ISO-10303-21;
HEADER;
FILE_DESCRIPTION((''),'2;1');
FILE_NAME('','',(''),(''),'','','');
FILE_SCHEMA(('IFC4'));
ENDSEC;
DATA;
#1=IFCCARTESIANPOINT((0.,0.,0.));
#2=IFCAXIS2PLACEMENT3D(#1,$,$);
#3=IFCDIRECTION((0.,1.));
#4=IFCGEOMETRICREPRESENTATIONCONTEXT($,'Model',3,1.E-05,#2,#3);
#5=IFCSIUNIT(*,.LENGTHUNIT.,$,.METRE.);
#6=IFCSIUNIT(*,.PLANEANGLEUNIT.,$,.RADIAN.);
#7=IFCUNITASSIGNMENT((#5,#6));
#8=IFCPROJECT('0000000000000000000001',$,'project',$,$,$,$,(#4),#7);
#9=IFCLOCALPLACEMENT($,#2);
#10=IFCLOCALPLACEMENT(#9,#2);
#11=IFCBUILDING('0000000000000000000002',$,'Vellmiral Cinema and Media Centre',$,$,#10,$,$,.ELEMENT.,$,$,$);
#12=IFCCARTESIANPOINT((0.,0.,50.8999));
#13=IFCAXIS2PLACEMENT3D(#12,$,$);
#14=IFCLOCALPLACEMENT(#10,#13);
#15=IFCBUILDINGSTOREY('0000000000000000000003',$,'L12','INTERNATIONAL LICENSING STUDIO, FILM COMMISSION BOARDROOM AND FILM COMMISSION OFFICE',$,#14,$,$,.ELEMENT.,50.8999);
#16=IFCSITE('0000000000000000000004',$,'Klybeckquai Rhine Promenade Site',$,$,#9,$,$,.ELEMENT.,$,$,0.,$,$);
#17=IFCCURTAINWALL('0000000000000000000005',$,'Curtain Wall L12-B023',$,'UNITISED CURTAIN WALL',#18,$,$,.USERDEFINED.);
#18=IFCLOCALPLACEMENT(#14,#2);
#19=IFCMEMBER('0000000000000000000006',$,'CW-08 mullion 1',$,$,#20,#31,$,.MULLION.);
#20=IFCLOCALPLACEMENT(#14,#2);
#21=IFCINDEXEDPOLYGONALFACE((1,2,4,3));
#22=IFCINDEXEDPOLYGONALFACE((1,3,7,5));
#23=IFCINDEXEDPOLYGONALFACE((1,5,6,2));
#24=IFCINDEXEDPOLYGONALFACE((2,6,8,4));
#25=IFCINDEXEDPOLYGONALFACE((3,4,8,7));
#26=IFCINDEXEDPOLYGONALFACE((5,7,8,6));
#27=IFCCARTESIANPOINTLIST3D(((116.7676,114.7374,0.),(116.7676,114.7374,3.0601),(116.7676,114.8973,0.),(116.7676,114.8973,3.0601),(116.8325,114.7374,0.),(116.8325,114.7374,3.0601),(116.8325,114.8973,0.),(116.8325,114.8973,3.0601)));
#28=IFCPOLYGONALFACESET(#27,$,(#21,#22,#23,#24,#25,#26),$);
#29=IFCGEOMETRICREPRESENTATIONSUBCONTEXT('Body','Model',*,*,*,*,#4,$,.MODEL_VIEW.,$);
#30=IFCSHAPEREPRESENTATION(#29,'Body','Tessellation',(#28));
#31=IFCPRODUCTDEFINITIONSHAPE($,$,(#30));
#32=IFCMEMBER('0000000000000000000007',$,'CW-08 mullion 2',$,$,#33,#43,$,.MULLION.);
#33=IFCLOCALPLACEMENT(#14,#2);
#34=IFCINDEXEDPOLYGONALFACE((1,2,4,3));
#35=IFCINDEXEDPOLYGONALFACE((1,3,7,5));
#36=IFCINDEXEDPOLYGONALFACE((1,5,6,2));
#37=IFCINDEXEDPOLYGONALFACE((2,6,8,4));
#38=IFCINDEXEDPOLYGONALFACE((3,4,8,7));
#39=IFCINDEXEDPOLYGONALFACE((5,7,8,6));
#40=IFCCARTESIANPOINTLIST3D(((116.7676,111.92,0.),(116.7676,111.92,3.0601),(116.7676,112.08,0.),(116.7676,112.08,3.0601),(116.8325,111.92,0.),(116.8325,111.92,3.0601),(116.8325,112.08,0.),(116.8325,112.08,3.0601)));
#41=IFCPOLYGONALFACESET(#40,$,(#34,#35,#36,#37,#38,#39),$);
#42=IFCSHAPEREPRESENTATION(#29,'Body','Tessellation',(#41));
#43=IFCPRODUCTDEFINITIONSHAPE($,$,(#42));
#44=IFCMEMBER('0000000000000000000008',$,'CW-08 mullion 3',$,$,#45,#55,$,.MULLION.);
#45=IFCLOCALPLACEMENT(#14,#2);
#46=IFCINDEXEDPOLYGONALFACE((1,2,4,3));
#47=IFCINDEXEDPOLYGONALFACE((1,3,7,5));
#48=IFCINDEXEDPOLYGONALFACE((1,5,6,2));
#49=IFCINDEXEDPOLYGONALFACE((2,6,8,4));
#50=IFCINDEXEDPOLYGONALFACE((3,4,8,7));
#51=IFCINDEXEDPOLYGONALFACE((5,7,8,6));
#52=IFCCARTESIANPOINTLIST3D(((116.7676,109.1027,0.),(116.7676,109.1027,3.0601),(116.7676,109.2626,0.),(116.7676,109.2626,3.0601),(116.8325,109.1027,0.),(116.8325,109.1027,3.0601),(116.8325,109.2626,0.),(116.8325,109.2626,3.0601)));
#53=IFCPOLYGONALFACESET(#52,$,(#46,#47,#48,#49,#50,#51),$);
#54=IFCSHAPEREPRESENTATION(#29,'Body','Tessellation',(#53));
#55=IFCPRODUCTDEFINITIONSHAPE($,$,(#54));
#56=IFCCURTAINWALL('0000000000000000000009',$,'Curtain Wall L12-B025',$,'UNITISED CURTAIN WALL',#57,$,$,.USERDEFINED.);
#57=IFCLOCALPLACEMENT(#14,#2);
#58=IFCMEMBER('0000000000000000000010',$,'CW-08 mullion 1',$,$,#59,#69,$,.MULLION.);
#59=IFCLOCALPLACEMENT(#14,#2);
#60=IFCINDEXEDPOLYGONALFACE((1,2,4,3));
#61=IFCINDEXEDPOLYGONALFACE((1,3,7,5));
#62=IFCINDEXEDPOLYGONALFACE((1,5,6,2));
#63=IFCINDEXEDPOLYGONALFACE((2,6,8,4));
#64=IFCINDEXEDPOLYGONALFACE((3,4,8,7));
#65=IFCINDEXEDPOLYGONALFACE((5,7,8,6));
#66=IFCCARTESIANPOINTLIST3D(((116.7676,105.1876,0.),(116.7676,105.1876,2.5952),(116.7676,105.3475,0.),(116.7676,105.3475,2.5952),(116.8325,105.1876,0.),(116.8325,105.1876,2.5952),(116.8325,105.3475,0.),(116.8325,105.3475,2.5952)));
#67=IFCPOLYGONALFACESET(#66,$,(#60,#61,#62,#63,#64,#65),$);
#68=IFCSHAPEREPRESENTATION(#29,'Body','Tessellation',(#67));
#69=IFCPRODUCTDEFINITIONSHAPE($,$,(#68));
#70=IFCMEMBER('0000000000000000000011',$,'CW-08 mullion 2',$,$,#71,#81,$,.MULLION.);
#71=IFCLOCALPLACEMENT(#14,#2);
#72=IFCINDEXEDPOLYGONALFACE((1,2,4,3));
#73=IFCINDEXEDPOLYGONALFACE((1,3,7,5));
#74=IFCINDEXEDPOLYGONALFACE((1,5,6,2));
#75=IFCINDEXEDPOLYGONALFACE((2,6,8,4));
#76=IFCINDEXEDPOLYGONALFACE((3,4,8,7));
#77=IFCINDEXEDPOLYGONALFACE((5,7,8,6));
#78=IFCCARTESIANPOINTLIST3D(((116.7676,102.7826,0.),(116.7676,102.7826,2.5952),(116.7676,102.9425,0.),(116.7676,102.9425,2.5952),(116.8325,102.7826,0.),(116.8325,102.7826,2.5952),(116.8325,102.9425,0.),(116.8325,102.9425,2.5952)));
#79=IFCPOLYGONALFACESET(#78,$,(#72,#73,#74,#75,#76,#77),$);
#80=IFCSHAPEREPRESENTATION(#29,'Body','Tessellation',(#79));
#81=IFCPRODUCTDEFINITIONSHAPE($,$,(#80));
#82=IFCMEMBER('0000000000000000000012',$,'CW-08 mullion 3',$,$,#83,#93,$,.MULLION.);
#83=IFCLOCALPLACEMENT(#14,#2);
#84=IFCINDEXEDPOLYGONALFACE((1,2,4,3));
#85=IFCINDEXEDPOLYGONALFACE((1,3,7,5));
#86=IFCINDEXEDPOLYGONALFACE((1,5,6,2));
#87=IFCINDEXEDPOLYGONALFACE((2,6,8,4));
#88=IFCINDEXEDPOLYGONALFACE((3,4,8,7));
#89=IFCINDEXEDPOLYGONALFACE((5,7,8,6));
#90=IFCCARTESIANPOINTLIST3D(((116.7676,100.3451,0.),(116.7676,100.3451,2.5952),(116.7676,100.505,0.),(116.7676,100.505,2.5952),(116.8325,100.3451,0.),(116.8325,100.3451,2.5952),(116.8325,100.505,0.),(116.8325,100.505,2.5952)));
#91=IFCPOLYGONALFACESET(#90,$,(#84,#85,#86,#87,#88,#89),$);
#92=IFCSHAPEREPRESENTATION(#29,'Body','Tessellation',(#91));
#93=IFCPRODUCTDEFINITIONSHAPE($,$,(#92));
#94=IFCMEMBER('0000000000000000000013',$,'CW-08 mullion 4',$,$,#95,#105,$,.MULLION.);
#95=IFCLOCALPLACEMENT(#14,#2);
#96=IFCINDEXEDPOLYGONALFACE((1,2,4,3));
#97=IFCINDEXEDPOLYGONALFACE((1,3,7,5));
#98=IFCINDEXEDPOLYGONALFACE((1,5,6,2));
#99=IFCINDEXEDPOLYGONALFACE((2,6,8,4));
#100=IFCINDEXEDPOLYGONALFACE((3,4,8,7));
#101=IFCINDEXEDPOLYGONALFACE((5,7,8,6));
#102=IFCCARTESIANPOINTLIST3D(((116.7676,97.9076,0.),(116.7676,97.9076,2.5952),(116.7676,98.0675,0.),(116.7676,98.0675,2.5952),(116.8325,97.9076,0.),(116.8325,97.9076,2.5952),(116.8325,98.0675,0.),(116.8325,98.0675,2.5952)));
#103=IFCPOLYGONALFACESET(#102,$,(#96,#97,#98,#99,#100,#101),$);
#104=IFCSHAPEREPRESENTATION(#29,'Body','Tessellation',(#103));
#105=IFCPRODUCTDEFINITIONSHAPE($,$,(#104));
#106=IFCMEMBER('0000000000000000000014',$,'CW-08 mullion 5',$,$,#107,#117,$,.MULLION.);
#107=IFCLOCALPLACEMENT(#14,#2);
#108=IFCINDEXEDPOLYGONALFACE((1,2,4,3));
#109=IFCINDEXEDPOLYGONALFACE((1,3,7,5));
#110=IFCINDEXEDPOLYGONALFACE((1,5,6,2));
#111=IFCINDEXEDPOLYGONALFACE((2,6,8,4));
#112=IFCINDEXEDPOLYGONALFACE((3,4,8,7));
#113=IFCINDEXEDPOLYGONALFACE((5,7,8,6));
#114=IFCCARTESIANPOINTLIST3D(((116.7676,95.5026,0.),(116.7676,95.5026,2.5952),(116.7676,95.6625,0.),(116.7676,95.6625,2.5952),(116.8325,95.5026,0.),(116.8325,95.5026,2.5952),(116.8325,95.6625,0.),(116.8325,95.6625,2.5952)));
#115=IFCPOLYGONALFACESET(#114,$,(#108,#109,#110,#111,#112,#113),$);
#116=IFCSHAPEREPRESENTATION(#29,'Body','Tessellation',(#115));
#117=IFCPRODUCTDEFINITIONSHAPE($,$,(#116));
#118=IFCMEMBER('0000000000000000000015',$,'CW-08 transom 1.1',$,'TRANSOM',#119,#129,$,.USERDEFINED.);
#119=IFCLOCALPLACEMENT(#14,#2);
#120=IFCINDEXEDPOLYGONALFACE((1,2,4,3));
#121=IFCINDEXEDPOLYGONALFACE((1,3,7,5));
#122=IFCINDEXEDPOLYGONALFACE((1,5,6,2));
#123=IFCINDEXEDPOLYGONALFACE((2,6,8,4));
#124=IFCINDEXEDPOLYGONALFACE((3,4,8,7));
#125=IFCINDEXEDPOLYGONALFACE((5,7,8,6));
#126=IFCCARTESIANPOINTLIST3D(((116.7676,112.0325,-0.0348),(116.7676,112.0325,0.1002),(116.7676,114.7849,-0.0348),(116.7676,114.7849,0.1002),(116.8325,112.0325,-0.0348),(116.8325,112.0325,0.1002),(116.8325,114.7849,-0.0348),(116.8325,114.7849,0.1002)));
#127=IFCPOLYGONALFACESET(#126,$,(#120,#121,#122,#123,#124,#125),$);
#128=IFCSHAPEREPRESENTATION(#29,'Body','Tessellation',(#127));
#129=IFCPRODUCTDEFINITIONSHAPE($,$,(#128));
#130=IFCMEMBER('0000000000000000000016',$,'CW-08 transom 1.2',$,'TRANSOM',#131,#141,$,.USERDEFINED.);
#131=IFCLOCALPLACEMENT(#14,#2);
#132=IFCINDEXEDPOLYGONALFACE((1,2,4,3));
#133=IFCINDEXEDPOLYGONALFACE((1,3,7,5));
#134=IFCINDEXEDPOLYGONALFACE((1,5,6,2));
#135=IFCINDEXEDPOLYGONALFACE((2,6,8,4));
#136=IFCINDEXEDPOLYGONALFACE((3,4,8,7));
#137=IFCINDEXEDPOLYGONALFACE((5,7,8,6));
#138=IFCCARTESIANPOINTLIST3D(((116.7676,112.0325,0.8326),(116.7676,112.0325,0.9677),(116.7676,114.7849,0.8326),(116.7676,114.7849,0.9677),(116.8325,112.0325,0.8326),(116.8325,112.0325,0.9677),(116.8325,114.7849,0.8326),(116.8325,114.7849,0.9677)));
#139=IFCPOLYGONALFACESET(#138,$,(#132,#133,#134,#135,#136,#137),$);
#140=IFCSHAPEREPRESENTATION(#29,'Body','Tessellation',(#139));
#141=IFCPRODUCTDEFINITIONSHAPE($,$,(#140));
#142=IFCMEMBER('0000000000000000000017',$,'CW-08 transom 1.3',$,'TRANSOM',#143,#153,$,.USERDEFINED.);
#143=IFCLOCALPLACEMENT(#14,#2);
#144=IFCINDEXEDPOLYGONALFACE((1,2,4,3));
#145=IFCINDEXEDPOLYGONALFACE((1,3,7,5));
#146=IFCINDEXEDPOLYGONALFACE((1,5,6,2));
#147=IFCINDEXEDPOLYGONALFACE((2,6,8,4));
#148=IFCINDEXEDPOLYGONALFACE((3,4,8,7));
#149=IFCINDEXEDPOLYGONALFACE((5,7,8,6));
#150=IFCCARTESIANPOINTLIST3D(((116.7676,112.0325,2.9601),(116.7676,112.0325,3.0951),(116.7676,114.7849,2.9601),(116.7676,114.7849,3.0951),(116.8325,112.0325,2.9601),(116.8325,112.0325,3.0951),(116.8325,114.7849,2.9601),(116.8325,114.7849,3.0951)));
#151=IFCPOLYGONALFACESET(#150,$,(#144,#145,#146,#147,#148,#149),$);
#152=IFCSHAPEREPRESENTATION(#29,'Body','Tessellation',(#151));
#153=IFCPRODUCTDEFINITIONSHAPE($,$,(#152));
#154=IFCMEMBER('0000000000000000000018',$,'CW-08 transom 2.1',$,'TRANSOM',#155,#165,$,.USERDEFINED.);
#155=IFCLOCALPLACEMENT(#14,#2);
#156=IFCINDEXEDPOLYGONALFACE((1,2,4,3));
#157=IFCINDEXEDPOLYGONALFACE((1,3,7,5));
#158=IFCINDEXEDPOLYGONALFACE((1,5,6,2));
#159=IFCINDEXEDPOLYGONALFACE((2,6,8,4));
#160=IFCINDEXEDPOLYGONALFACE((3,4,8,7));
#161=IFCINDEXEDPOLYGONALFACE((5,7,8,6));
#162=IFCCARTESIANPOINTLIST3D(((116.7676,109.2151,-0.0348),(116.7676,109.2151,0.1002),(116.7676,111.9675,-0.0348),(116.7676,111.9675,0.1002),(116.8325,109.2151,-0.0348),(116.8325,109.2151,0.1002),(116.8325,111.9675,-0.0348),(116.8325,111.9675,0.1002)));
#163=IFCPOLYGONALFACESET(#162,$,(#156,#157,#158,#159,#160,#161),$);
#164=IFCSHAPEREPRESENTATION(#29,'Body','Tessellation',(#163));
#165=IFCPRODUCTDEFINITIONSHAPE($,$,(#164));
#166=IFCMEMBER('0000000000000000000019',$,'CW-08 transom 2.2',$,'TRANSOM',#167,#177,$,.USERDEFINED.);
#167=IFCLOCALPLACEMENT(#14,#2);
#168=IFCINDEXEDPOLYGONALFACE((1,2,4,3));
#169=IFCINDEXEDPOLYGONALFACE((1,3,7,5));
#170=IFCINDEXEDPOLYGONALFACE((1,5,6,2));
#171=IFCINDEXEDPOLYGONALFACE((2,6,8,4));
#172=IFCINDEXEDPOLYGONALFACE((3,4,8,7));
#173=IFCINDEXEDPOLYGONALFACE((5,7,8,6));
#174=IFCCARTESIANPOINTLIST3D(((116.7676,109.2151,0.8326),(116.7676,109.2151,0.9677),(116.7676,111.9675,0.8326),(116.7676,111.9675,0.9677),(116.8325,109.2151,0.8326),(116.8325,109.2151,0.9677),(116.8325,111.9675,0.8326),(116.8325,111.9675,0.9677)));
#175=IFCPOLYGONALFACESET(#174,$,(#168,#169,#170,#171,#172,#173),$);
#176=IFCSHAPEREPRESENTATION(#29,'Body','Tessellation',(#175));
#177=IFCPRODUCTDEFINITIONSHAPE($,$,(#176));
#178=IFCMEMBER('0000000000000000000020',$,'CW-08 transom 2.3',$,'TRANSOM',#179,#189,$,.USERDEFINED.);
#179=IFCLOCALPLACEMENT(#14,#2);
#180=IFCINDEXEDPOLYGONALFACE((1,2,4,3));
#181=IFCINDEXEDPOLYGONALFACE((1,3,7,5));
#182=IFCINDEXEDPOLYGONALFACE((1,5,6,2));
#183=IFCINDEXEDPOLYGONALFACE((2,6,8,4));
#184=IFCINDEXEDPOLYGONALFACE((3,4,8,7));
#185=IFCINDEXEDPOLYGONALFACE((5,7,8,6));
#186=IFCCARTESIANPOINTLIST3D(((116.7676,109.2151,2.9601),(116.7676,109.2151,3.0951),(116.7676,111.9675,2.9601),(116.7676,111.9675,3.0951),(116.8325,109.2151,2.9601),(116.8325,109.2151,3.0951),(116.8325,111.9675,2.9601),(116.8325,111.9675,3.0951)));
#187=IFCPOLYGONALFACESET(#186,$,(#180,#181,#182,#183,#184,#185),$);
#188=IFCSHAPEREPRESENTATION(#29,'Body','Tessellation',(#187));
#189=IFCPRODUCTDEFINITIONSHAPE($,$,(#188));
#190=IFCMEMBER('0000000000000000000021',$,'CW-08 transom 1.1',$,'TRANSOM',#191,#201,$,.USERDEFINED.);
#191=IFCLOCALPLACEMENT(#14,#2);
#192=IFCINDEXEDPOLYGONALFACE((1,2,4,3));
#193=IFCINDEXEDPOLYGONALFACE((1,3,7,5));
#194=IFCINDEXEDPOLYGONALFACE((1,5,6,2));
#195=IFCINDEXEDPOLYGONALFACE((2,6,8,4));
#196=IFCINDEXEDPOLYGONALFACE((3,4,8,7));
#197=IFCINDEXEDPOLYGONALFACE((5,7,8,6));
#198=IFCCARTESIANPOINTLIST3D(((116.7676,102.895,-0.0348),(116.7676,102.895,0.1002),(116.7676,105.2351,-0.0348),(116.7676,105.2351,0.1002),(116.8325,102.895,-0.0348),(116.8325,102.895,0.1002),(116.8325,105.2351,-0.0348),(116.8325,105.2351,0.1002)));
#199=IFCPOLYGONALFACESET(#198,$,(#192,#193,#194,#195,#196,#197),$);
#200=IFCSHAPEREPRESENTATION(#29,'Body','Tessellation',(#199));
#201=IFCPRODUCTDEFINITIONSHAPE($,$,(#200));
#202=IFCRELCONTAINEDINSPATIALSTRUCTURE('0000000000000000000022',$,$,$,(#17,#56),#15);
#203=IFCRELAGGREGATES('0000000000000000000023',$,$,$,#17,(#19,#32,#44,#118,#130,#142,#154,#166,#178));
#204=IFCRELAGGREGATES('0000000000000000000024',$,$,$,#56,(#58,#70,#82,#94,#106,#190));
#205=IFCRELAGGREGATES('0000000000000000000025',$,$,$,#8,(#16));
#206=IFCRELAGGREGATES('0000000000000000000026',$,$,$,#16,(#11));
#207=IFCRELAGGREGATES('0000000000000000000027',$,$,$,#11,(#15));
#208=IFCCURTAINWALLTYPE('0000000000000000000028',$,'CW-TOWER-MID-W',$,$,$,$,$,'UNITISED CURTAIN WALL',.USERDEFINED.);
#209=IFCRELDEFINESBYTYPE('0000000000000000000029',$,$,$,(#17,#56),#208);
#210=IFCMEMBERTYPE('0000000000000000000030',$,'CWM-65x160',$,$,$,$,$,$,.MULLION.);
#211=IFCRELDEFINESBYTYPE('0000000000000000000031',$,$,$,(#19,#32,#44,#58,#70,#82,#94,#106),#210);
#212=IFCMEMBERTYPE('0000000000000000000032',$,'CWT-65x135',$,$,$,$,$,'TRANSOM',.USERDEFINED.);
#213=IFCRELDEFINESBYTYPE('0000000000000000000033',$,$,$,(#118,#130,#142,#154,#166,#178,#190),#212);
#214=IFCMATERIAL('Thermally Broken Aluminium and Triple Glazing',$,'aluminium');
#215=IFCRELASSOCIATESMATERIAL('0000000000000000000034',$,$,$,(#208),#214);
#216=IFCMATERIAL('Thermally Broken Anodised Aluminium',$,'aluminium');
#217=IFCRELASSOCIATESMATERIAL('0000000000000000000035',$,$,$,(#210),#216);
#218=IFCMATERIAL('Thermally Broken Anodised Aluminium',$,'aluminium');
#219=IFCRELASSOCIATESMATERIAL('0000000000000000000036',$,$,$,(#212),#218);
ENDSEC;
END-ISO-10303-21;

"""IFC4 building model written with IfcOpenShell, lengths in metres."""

from ifc_helpers import new_model, si_unit, direction, frame, origin, origin_2d, place, context, subcontext, project, spatial, rectangle, extrude, material, material_profile, profile_set, type_object, element, aggregate, save


model = new_model("IFC4")

# Units and contexts
model_context = context("Model", 3, precision=1e-05, world=origin(), true_north=direction((0.0, 1.0)))
body_context = subcontext(model_context, "Body", "Model", "MODEL_VIEW")
ifc_project = project(units=[si_unit("LENGTHUNIT", "METRE"), si_unit("PLANEANGLEUNIT", "RADIAN")], contexts=[model_context])

# Site, building, storey
site_placement = place(None, origin())
site = spatial("IfcSite", under=ifc_project, at=site_placement, Name="Klybeckquai Rhine Promenade Site", CompositionType="ELEMENT", RefElevation=0.0)
building_placement = place(site_placement, origin())
building = spatial("IfcBuilding", under=site, at=building_placement, Name="Vellmiral Cinema and Media Centre", CompositionType="ELEMENT")
storey_placement = place(building_placement, frame((0.0, 0.0, 50.8999)))
storey = spatial("IfcBuildingStorey", under=building, at=storey_placement, Name="L12", Description="INTERNATIONAL LICENSING STUDIO, FILM COMMISSION BOARDROOM AND FILM COMMISSION OFFICE", CompositionType="ELEMENT", Elevation=50.8999)

# Curtain walls, members
ifc_material_1 = material(Name="Thermally Broken Aluminium and Triple Glazing", Category="aluminium")
curtain_wall_type = type_object("IfcCurtainWallType", Name="CW-TOWER-MID-W", ElementType="UNITISED CURTAIN WALL", PredefinedType="USERDEFINED", material=ifc_material_1)
curtain_wall_1_placement = place(storey_placement, origin())
curtain_wall_1 = element("IfcCurtainWall", 1, at=curtain_wall_1_placement, inside=storey, type_object=curtain_wall_type, Name="Curtain Wall L12-B023", ObjectType="UNITISED CURTAIN WALL", PredefinedType="USERDEFINED")
ifc_material_2 = material(Name="Thermally Broken Anodised Aluminium", Category="aluminium")
ifc_material_profile_1 = material_profile(ifc_material_2, rectangle(XDim=0.0649, YDim=0.1599, at=origin_2d()), Name="MULL 65x160")
ifc_profile_set_1 = profile_set([ifc_material_profile_1], Name="Thermally Broken Anodised Aluminium")
member_type_1 = type_object("IfcMemberType", Name="CWM-65x160", PredefinedType="MULLION", material=ifc_profile_set_1)
member_1_placement = place(storey_placement, frame((116.8, 114.8174, 0.0), z_axis=(0.0, 0.0, 1.0), x_axis=(1.0, 0.0, 0.0)))
member_1 = element("IfcMember", 2, at=member_1_placement, type_object=member_type_1, Name="CW-08 mullion 1", PredefinedType="MULLION", context=body_context, shape_type="SweptSolid", body=[
    extrude(rectangle(XDim=0.0649, YDim=0.1599, at=origin_2d()), origin(), (0.0, 0.0, 1.0), 3.0601),
])
member_2_placement = place(storey_placement, frame((116.8, 112.0, 0.0), z_axis=(0.0, 0.0, 1.0), x_axis=(1.0, 0.0, 0.0)))
member_2 = element("IfcMember", 3, at=member_2_placement, type_object=member_type_1, Name="CW-08 mullion 2", PredefinedType="MULLION", context=body_context, shape_type="SweptSolid", body=[
    extrude(rectangle(XDim=0.0649, YDim=0.1599, at=origin_2d()), origin(), (0.0, 0.0, 1.0), 3.0601),
])
member_3_placement = place(storey_placement, frame((116.8, 109.1826, 0.0), z_axis=(0.0, 0.0, 1.0), x_axis=(1.0, 0.0, 0.0)))
member_3 = element("IfcMember", 4, at=member_3_placement, type_object=member_type_1, Name="CW-08 mullion 3", PredefinedType="MULLION", context=body_context, shape_type="SweptSolid", body=[
    extrude(rectangle(XDim=0.0649, YDim=0.1599, at=origin_2d()), origin(), (0.0, 0.0, 1.0), 3.0601),
])
curtain_wall_2_placement = place(storey_placement, origin())
curtain_wall_2 = element("IfcCurtainWall", 5, at=curtain_wall_2_placement, inside=storey, type_object=curtain_wall_type, Name="Curtain Wall L12-B025", ObjectType="UNITISED CURTAIN WALL", PredefinedType="USERDEFINED")
member_4_placement = place(storey_placement, frame((116.8, 105.2676, 0.0), z_axis=(0.0, 0.0, 1.0), x_axis=(1.0, 0.0, 0.0)))
member_4 = element("IfcMember", 6, at=member_4_placement, type_object=member_type_1, Name="CW-08 mullion 1", PredefinedType="MULLION", context=body_context, shape_type="SweptSolid", body=[
    extrude(rectangle(XDim=0.0649, YDim=0.1599, at=origin_2d()), origin(), (0.0, 0.0, 1.0), 2.5952),
])
member_5_placement = place(storey_placement, frame((116.8, 102.8625, 0.0), z_axis=(0.0, 0.0, 1.0), x_axis=(1.0, 0.0, 0.0)))
member_5 = element("IfcMember", 7, at=member_5_placement, type_object=member_type_1, Name="CW-08 mullion 2", PredefinedType="MULLION", context=body_context, shape_type="SweptSolid", body=[
    extrude(rectangle(XDim=0.0649, YDim=0.1599, at=origin_2d()), origin(), (0.0, 0.0, 1.0), 2.5952),
])
member_6_placement = place(storey_placement, frame((116.8, 100.425, 0.0), z_axis=(0.0, 0.0, 1.0), x_axis=(1.0, 0.0, 0.0)))
member_6 = element("IfcMember", 8, at=member_6_placement, type_object=member_type_1, Name="CW-08 mullion 3", PredefinedType="MULLION", context=body_context, shape_type="SweptSolid", body=[
    extrude(rectangle(XDim=0.0649, YDim=0.1599, at=origin_2d()), origin(), (0.0, 0.0, 1.0), 2.5952),
])
member_7_placement = place(storey_placement, frame((116.8, 97.9875, 0.0), z_axis=(0.0, 0.0, 1.0), x_axis=(1.0, 0.0, 0.0)))
member_7 = element("IfcMember", 9, at=member_7_placement, type_object=member_type_1, Name="CW-08 mullion 4", PredefinedType="MULLION", context=body_context, shape_type="SweptSolid", body=[
    extrude(rectangle(XDim=0.0649, YDim=0.1599, at=origin_2d()), origin(), (0.0, 0.0, 1.0), 2.5952),
])
member_8_placement = place(storey_placement, frame((116.8, 95.5825, 0.0), z_axis=(0.0, 0.0, 1.0), x_axis=(1.0, 0.0, 0.0)))
member_8 = element("IfcMember", 10, at=member_8_placement, type_object=member_type_1, Name="CW-08 mullion 5", PredefinedType="MULLION", context=body_context, shape_type="SweptSolid", body=[
    extrude(rectangle(XDim=0.0649, YDim=0.1599, at=origin_2d()), origin(), (0.0, 0.0, 1.0), 2.5952),
])

# Members
ifc_material_3 = material(Name="Thermally Broken Anodised Aluminium", Category="aluminium")
ifc_material_profile_2 = material_profile(ifc_material_3, rectangle(XDim=0.0649, YDim=0.135, at=origin_2d()), Name="MULL 65x135")
ifc_profile_set_2 = profile_set([ifc_material_profile_2], Name="Thermally Broken Anodised Aluminium")
member_type_2 = type_object("IfcMemberType", Name="CWT-65x135", ElementType="TRANSOM", PredefinedType="USERDEFINED", material=ifc_profile_set_2)
member_9_placement = place(storey_placement, frame((116.8, 114.7849, 0.0327), z_axis=(0.0, -1.0, 0.0), x_axis=(1.0, 0.0, 0.0)))
member_9 = element("IfcMember", 11, at=member_9_placement, type_object=member_type_2, Name="CW-08 transom 1.1", ObjectType="TRANSOM", PredefinedType="USERDEFINED", context=body_context, shape_type="SweptSolid", body=[
    extrude(rectangle(XDim=0.0649, YDim=0.135, at=origin_2d()), origin(), (0.0, 0.0, 1.0), 2.7524),
])
member_10_placement = place(storey_placement, frame((116.8, 114.7849, 0.9001), z_axis=(0.0, -1.0, 0.0), x_axis=(1.0, 0.0, 0.0)))
member_10 = element("IfcMember", 12, at=member_10_placement, type_object=member_type_2, Name="CW-08 transom 1.2", ObjectType="TRANSOM", PredefinedType="USERDEFINED", context=body_context, shape_type="SweptSolid", body=[
    extrude(rectangle(XDim=0.0649, YDim=0.135, at=origin_2d()), origin(), (0.0, 0.0, 1.0), 2.7524),
])
member_11_placement = place(storey_placement, frame((116.8, 114.7849, 3.0276), z_axis=(0.0, -1.0, 0.0), x_axis=(1.0, 0.0, 0.0)))
member_11 = element("IfcMember", 13, at=member_11_placement, type_object=member_type_2, Name="CW-08 transom 1.3", ObjectType="TRANSOM", PredefinedType="USERDEFINED", context=body_context, shape_type="SweptSolid", body=[
    extrude(rectangle(XDim=0.0649, YDim=0.135, at=origin_2d()), origin(), (0.0, 0.0, 1.0), 2.7524),
])
member_12_placement = place(storey_placement, frame((116.8, 111.9675, 0.0327), z_axis=(0.0, -1.0, 0.0), x_axis=(1.0, 0.0, 0.0)))
member_12 = element("IfcMember", 14, at=member_12_placement, type_object=member_type_2, Name="CW-08 transom 2.1", ObjectType="TRANSOM", PredefinedType="USERDEFINED", context=body_context, shape_type="SweptSolid", body=[
    extrude(rectangle(XDim=0.0649, YDim=0.135, at=origin_2d()), origin(), (0.0, 0.0, 1.0), 2.7524),
])
member_13_placement = place(storey_placement, frame((116.8, 111.9675, 0.9001), z_axis=(0.0, -1.0, 0.0), x_axis=(1.0, 0.0, 0.0)))
member_13 = element("IfcMember", 15, at=member_13_placement, type_object=member_type_2, Name="CW-08 transom 2.2", ObjectType="TRANSOM", PredefinedType="USERDEFINED", context=body_context, shape_type="SweptSolid", body=[
    extrude(rectangle(XDim=0.0649, YDim=0.135, at=origin_2d()), origin(), (0.0, 0.0, 1.0), 2.7524),
])
member_14_placement = place(storey_placement, frame((116.8, 111.9675, 3.0276), z_axis=(0.0, -1.0, 0.0), x_axis=(1.0, 0.0, 0.0)))
member_14 = element("IfcMember", 16, at=member_14_placement, type_object=member_type_2, Name="CW-08 transom 2.3", ObjectType="TRANSOM", PredefinedType="USERDEFINED", context=body_context, shape_type="SweptSolid", body=[
    extrude(rectangle(XDim=0.0649, YDim=0.135, at=origin_2d()), origin(), (0.0, 0.0, 1.0), 2.7524),
])
member_15_placement = place(storey_placement, frame((116.8, 105.2351, 0.0327), z_axis=(0.0, -1.0, 0.0), x_axis=(1.0, 0.0, 0.0)))
member_15 = element("IfcMember", 17, at=member_15_placement, type_object=member_type_2, Name="CW-08 transom 1.1", ObjectType="TRANSOM", PredefinedType="USERDEFINED", context=body_context, shape_type="SweptSolid", body=[
    extrude(rectangle(XDim=0.0649, YDim=0.135, at=origin_2d()), origin(), (0.0, 0.0, 1.0), 2.3401),
])

aggregate(curtain_wall_1, [member_1, member_2, member_3, member_9, member_10, member_11, member_12, member_13, member_14])
aggregate(curtain_wall_2, [member_4, member_5, member_6, member_7, member_8, member_15])

save(model, "model.ifc")
